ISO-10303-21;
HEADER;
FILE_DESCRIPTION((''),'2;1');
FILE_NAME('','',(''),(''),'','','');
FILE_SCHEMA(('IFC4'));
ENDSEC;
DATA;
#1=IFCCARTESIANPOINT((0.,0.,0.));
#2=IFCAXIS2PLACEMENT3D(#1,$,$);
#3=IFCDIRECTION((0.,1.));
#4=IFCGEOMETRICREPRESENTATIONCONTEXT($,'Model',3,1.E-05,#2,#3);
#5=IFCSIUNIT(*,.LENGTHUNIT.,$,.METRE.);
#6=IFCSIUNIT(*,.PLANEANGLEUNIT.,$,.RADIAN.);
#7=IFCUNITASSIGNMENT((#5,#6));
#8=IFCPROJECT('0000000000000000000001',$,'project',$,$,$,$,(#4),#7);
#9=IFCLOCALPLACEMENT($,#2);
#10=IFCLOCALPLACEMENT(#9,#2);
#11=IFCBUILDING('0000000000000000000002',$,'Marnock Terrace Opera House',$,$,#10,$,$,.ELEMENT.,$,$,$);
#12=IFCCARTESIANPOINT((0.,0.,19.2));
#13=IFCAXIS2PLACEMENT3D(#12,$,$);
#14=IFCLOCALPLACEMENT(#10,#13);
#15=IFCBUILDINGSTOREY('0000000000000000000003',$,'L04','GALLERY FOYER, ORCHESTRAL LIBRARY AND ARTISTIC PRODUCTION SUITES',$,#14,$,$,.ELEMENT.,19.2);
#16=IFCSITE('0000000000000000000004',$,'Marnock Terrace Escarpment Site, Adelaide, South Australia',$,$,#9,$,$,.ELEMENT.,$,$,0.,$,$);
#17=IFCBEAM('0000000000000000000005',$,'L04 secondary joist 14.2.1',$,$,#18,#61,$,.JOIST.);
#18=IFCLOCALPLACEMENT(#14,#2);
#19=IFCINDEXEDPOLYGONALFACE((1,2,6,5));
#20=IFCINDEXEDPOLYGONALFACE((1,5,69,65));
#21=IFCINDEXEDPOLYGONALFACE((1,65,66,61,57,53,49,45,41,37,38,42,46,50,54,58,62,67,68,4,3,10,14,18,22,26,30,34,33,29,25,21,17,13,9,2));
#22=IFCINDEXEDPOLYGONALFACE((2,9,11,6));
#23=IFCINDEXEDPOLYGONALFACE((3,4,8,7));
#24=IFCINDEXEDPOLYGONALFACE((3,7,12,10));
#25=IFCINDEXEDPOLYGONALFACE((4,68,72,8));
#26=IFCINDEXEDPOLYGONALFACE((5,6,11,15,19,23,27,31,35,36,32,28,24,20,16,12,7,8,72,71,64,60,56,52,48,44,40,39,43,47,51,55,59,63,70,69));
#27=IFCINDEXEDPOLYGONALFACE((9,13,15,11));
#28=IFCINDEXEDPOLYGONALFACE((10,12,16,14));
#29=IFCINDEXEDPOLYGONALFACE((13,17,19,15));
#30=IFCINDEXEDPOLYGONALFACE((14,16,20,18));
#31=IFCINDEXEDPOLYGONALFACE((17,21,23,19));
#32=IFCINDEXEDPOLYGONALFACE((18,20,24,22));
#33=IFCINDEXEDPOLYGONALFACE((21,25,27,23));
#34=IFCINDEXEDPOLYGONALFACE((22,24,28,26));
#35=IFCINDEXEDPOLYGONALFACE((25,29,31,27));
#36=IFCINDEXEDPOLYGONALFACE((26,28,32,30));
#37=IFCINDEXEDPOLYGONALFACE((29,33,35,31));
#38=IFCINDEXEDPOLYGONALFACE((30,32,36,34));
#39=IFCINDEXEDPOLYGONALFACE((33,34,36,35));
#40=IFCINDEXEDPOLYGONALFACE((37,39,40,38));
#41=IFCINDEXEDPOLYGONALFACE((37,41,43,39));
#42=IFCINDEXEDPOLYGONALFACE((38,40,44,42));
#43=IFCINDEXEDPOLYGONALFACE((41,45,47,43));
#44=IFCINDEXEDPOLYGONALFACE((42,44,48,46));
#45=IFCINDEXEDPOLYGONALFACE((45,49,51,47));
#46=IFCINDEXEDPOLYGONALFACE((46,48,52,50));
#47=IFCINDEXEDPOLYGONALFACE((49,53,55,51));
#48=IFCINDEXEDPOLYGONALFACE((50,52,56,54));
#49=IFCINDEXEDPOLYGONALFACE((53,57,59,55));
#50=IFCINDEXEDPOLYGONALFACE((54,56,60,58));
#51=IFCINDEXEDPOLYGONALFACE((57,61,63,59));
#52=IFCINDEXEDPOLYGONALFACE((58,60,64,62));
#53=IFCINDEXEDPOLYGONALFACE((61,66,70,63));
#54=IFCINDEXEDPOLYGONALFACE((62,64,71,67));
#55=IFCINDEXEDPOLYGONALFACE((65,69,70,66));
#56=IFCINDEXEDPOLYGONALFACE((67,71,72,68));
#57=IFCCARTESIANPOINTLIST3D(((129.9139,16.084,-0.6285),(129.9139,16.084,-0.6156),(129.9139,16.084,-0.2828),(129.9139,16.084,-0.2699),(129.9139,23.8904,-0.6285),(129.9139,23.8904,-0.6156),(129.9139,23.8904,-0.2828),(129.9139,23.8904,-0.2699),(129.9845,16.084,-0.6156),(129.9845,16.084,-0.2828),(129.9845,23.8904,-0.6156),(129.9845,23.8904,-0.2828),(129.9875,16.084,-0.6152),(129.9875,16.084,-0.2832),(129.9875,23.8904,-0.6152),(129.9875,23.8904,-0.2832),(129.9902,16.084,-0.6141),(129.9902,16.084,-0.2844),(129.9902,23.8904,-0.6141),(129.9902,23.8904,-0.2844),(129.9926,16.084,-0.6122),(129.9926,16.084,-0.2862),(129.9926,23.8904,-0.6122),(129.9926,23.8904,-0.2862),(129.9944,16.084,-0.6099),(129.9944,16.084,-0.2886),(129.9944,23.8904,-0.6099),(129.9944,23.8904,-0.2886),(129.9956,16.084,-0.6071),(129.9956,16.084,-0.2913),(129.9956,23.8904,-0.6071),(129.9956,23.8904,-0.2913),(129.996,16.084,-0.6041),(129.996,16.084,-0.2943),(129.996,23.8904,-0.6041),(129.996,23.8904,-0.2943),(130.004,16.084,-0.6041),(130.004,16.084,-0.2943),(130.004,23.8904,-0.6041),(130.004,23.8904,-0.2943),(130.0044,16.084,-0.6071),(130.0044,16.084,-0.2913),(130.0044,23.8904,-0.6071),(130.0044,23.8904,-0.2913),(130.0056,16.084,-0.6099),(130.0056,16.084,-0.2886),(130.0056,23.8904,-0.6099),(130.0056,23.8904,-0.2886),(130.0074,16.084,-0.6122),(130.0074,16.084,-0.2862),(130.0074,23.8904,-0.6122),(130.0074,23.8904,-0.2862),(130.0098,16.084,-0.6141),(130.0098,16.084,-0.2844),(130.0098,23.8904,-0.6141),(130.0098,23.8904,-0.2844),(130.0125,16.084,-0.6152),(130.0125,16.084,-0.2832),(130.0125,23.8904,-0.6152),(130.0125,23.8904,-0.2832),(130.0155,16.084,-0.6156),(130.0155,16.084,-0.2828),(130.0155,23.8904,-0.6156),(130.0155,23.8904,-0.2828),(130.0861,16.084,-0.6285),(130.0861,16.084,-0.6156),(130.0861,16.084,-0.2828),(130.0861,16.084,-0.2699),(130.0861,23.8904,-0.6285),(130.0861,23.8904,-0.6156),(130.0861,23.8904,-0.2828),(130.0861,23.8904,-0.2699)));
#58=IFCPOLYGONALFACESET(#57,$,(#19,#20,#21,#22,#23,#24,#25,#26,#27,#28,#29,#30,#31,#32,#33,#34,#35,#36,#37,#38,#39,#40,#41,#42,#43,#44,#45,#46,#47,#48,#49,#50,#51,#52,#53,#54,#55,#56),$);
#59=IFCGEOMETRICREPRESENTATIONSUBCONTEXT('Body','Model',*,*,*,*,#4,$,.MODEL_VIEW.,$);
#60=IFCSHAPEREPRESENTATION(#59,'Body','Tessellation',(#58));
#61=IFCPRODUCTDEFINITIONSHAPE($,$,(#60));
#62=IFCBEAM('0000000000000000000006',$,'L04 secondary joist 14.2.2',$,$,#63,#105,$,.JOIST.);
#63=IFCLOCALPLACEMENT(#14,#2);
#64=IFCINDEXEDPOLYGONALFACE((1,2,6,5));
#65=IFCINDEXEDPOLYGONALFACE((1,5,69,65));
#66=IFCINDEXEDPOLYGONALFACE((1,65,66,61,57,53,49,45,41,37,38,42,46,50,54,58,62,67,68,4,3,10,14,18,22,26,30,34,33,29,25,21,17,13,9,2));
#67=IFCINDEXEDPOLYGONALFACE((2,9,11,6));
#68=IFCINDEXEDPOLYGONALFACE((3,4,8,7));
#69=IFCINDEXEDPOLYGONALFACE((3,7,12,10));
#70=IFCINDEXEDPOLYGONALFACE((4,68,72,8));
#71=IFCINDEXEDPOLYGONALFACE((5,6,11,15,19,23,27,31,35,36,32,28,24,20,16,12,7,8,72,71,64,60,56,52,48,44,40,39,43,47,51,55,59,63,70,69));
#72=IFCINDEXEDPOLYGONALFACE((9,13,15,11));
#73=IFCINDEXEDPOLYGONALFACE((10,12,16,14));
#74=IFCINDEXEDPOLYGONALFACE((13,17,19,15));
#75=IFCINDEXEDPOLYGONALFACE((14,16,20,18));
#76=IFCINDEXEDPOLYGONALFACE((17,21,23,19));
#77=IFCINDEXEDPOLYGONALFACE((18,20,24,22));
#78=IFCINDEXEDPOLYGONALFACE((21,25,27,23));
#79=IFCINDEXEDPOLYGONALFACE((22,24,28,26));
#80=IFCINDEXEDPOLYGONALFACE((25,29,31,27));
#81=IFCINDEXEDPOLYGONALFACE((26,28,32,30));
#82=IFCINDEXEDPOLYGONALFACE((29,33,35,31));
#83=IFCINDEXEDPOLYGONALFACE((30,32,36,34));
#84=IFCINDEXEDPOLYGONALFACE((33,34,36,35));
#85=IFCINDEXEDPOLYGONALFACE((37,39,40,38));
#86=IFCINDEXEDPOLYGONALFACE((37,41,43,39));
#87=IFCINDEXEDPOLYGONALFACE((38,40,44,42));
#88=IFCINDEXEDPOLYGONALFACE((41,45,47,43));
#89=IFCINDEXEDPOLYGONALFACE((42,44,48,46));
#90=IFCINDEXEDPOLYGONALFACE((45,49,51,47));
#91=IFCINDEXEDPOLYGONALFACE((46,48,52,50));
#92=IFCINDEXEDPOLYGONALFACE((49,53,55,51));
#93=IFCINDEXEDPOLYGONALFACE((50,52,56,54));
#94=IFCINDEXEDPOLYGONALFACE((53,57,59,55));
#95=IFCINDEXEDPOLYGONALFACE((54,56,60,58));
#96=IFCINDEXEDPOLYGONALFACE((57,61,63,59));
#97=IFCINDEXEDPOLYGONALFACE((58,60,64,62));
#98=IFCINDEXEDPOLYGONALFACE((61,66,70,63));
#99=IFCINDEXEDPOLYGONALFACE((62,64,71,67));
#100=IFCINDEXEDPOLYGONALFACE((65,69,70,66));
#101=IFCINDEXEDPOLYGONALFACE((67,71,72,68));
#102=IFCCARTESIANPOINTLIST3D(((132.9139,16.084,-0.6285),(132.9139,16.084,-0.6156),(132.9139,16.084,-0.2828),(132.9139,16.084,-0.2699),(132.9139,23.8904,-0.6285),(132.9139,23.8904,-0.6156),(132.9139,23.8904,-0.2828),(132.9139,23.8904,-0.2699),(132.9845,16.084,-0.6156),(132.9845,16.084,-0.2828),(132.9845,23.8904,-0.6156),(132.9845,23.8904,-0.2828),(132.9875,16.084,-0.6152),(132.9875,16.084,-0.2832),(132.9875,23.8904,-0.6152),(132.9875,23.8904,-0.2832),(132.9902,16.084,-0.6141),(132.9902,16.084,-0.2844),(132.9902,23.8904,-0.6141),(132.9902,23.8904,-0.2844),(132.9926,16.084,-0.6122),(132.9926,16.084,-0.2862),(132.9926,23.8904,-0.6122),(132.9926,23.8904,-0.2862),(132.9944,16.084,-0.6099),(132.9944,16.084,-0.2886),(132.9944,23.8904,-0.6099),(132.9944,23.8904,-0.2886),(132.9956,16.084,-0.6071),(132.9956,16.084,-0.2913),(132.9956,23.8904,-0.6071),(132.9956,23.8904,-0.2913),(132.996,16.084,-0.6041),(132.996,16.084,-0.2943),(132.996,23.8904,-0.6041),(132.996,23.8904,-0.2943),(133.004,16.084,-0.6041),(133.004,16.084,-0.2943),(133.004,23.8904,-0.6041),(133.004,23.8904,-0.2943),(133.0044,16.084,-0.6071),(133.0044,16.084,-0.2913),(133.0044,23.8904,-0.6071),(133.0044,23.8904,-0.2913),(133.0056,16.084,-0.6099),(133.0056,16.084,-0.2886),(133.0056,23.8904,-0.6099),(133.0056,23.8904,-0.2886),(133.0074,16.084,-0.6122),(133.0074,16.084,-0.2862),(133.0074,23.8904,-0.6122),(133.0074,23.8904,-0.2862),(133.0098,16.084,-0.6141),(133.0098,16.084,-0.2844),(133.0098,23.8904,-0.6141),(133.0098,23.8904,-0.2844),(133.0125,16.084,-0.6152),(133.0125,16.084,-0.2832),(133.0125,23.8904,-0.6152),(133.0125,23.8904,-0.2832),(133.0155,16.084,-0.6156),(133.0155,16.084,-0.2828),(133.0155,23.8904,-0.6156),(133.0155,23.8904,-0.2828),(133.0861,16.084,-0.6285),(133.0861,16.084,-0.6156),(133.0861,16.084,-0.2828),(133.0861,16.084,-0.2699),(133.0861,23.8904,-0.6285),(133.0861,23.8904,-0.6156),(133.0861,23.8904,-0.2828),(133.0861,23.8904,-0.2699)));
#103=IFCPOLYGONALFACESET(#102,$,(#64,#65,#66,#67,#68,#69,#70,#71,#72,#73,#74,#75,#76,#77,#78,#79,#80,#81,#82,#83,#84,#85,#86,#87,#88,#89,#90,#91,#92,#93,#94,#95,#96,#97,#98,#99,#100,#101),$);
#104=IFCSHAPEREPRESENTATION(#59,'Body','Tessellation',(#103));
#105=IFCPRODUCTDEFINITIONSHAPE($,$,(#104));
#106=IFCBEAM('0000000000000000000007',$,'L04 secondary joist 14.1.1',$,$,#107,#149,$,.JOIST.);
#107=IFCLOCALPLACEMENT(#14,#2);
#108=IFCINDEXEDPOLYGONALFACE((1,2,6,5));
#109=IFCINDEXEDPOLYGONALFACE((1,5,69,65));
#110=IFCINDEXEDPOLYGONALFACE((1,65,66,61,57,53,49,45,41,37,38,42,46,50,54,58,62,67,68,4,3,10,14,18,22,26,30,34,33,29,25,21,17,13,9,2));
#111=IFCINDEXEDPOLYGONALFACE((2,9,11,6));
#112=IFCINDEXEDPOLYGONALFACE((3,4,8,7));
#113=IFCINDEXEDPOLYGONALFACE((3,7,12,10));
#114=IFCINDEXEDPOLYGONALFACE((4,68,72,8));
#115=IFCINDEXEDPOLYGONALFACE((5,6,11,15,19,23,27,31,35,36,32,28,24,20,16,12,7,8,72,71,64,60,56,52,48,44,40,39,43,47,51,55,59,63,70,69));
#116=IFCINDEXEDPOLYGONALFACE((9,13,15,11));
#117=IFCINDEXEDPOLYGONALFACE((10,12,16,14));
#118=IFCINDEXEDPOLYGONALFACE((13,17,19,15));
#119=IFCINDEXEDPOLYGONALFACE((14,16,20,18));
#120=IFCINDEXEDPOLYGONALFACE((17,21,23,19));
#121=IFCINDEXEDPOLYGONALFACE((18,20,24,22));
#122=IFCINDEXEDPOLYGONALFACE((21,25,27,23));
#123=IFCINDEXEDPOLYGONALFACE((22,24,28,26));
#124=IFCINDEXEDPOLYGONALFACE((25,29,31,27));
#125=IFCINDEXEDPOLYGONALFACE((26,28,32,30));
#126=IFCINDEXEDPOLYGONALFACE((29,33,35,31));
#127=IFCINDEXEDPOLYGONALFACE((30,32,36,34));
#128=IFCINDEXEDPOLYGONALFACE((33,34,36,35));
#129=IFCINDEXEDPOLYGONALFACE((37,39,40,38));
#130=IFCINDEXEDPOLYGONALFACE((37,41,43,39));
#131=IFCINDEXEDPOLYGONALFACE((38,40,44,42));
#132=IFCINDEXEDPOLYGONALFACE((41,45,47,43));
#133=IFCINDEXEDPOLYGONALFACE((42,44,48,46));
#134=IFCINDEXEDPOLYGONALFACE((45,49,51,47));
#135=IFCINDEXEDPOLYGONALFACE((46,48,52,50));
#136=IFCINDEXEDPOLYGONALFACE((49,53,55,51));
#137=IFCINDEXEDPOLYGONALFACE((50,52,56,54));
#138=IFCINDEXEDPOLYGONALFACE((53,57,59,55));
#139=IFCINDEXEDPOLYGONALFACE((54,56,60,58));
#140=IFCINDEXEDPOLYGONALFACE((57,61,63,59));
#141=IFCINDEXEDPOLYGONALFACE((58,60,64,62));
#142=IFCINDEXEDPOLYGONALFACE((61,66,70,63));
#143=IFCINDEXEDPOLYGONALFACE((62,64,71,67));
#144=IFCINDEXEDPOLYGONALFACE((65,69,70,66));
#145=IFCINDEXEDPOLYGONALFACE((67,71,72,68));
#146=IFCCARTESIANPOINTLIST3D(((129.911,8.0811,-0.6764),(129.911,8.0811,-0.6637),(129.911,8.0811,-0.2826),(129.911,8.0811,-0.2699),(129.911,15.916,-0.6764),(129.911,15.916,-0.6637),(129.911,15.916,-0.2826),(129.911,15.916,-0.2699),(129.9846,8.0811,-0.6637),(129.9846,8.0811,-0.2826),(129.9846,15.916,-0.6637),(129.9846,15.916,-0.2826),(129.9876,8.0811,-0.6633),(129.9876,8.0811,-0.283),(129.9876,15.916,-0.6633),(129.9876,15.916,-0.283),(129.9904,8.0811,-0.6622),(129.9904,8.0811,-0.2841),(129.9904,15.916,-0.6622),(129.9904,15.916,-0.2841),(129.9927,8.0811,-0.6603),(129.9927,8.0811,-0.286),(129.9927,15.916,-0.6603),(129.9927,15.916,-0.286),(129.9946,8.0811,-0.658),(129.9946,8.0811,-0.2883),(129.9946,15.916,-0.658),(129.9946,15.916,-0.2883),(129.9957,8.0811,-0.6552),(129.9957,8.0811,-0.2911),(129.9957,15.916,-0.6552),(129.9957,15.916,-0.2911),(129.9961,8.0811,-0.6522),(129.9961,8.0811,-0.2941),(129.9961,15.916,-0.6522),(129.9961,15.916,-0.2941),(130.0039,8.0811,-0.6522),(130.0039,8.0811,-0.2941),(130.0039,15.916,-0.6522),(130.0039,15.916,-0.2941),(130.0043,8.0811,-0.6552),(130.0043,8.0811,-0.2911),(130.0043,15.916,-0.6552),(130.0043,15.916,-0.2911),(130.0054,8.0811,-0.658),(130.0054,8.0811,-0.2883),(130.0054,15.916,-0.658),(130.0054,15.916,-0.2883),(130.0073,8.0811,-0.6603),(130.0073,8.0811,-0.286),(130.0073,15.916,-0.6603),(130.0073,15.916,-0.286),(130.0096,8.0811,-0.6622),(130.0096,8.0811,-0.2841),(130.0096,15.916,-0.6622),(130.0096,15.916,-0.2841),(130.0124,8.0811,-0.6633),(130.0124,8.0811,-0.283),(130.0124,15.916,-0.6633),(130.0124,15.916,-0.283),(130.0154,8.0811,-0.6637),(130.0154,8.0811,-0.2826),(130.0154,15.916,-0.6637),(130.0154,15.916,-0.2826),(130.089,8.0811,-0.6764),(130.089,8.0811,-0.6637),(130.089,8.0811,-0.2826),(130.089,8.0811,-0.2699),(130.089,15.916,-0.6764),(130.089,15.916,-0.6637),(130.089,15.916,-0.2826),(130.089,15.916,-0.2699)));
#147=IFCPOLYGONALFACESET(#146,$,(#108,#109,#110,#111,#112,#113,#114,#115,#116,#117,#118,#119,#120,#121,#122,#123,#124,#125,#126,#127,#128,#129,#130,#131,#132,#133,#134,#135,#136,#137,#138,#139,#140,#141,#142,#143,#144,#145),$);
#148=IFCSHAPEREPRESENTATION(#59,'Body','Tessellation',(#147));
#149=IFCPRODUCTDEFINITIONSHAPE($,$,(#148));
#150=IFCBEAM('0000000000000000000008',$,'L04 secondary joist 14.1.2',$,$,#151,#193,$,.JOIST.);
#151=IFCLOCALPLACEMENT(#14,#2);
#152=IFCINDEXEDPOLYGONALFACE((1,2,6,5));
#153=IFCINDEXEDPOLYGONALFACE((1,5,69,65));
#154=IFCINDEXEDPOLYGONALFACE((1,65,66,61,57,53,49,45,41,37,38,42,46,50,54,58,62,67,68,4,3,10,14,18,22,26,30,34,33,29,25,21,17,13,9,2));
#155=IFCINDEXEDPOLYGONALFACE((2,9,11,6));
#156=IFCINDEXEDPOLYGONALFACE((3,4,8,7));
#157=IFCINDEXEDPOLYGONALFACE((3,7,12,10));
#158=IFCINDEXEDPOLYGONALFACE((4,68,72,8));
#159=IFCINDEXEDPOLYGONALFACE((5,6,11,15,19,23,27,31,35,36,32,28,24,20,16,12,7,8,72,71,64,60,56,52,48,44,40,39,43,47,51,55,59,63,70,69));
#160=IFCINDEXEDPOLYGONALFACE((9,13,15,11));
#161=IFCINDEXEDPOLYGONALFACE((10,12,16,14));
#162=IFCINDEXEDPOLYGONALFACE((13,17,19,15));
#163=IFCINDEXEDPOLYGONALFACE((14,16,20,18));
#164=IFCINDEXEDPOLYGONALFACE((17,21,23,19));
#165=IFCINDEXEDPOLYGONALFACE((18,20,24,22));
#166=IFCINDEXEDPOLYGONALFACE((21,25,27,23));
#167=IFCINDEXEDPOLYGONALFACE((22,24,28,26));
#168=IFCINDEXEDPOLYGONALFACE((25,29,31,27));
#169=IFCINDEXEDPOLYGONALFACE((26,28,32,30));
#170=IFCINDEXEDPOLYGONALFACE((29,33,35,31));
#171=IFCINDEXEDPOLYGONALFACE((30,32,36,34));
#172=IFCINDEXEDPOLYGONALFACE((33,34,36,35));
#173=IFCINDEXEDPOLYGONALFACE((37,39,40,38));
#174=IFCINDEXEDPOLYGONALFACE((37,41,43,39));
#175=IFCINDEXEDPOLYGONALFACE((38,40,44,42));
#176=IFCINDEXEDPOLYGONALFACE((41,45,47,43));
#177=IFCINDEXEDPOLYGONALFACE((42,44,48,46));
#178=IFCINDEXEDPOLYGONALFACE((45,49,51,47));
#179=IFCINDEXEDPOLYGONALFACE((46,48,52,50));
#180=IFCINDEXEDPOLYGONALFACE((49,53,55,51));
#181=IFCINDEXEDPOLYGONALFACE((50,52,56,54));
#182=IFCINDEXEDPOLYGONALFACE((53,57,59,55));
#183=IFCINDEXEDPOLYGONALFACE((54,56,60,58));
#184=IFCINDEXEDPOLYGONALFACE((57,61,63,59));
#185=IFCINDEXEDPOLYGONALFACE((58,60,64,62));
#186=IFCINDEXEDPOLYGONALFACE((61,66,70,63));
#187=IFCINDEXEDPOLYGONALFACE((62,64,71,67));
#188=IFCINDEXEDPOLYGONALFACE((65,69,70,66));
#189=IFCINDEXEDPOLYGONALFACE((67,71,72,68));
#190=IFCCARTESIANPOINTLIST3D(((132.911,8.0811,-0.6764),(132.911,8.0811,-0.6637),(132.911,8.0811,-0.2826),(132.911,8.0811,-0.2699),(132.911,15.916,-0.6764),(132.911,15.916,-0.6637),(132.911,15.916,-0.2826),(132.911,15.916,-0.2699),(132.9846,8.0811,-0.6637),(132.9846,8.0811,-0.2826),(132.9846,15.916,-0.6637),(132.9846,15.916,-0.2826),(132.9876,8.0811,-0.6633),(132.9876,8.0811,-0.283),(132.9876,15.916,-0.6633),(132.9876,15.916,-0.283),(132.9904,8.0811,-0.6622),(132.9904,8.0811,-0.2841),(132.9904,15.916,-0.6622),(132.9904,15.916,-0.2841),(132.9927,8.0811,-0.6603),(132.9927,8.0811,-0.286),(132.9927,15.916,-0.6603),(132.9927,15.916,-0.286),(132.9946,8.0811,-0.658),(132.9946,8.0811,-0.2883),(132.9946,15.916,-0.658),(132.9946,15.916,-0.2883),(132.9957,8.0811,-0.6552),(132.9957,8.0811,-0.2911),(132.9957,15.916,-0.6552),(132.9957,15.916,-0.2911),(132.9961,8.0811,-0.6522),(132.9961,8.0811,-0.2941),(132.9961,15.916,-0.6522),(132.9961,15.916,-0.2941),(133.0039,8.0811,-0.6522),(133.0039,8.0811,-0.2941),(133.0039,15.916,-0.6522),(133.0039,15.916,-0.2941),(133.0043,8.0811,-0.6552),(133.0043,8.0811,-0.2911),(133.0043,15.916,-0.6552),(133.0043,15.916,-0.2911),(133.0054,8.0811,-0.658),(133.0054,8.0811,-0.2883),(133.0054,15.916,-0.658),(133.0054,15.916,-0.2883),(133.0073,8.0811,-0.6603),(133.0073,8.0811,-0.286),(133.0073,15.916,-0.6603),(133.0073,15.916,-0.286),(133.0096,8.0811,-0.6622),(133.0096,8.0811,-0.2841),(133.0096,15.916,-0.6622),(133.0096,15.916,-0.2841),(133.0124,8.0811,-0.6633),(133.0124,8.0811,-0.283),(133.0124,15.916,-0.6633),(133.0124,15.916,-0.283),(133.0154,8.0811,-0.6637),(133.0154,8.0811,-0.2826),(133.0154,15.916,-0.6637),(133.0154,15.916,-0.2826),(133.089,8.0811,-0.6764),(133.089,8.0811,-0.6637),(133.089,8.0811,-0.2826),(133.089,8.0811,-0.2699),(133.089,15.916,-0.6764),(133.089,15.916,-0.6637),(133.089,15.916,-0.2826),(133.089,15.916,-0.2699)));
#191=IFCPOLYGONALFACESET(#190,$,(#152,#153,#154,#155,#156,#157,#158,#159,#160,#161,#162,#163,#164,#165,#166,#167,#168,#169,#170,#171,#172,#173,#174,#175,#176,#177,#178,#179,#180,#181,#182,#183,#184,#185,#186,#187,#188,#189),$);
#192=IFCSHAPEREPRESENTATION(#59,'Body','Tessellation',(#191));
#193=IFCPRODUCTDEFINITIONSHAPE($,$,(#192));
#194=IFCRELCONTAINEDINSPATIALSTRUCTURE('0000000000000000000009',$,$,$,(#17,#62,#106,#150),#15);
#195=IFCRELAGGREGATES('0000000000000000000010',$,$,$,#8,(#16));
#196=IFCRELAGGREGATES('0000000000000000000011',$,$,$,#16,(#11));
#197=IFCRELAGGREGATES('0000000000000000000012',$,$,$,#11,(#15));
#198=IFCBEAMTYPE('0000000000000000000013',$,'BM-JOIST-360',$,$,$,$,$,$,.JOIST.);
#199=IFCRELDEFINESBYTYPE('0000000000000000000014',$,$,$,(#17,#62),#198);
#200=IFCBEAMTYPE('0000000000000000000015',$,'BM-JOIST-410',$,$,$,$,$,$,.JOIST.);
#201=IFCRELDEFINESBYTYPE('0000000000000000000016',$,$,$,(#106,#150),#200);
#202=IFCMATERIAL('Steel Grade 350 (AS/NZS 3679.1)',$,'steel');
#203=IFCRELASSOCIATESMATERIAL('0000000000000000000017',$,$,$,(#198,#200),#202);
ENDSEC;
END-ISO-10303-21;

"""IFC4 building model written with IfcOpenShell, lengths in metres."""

from ifc_helpers import new_model, si_unit, direction, frame, origin, origin_2d, place, context, subcontext, project, spatial, i_section, extrude, material, material_profile, profile_set, type_object, element, save


model = new_model("IFC4")

# Units and contexts
model_context = context("Model", 3, precision=1e-05, world=origin(), true_north=direction((0.0, 1.0)))
body_context = subcontext(model_context, "Body", "Model", "MODEL_VIEW")
ifc_project = project(units=[si_unit("LENGTHUNIT", "METRE"), si_unit("PLANEANGLEUNIT", "RADIAN")], contexts=[model_context])

# Site, building, storey
site_placement = place(None, origin())
site = spatial("IfcSite", under=ifc_project, at=site_placement, Name="Marnock Terrace Escarpment Site, Adelaide, South Australia", CompositionType="ELEMENT", RefElevation=0.0)
building_placement = place(site_placement, origin())
building = spatial("IfcBuilding", under=site, at=building_placement, Name="Marnock Terrace Opera House", CompositionType="ELEMENT")
storey_placement = place(building_placement, frame((0.0, 0.0, 19.2)))
storey = spatial("IfcBuildingStorey", under=building, at=storey_placement, Name="L04", Description="GALLERY FOYER, ORCHESTRAL LIBRARY AND ARTISTIC PRODUCTION SUITES", CompositionType="ELEMENT", Elevation=19.2)

# Shared definitions
ifc_material_1 = material(Name="Steel Grade 350 (AS/NZS 3679.1)", Category="steel")

# Beams
ifc_material_profile_1 = material_profile(ifc_material_1, i_section(OverallWidth=0.1721, OverallDepth=0.3586, WebThickness=0.0081, FlangeThickness=0.0129, FilletRadius=0.0115, at=origin_2d()))
ifc_profile_set_1 = profile_set([ifc_material_profile_1], Name="Steel Grade 350 (AS/NZS 3679.1)")
beam_type_1 = type_object("IfcBeamType", Name="BM-JOIST-360", PredefinedType="JOIST", material=ifc_profile_set_1)
for number, where, z_axis, x_axis, name in (
    (1, (130.0, 16.084, -0.4492), (0.0, 1.0, 0.0), (-1.0, 0.0, 0.0), "L04 secondary joist 14.2.1"),
    (2, (133.0, 16.084, -0.4492), (0.0, 1.0, 0.0), (-1.0, 0.0, 0.0), "L04 secondary joist 14.2.2"),
):
    element("IfcBeam", number, at=place(storey_placement, frame(where, z_axis=z_axis, x_axis=x_axis)), inside=storey, type_object=beam_type_1, Name=name, PredefinedType="JOIST", context=body_context, shape_type="SweptSolid", body=[
        extrude(i_section(OverallWidth=0.1721, OverallDepth=0.3586, WebThickness=0.0081, FlangeThickness=0.0129, FilletRadius=0.0115, at=origin_2d()), origin(), (0.0, 0.0, 1.0), 7.8064),
    ])
ifc_material_profile_2 = material_profile(ifc_material_1, i_section(OverallWidth=0.178, OverallDepth=0.4065, WebThickness=0.0078, FlangeThickness=0.0127, FilletRadius=0.0115, at=origin_2d()))
ifc_profile_set_2 = profile_set([ifc_material_profile_2], Name="Steel Grade 350 (AS/NZS 3679.1)")
beam_type_2 = type_object("IfcBeamType", Name="BM-JOIST-410", PredefinedType="JOIST", material=ifc_profile_set_2)
for number, where, z_axis, x_axis, name in (
    (3, (130.0, 8.0811, -0.4731), (0.0, 1.0, 0.0), (-1.0, 0.0, 0.0), "L04 secondary joist 14.1.1"),
    (4, (133.0, 8.0811, -0.4731), (0.0, 1.0, 0.0), (-1.0, 0.0, 0.0), "L04 secondary joist 14.1.2"),
):
    element("IfcBeam", number, at=place(storey_placement, frame(where, z_axis=z_axis, x_axis=x_axis)), inside=storey, type_object=beam_type_2, Name=name, PredefinedType="JOIST", context=body_context, shape_type="SweptSolid", body=[
        extrude(i_section(OverallWidth=0.178, OverallDepth=0.4065, WebThickness=0.0078, FlangeThickness=0.0127, FilletRadius=0.0115, at=origin_2d()), origin(), (0.0, 0.0, 1.0), 7.835),
    ])

save(model, "model.ifc")
